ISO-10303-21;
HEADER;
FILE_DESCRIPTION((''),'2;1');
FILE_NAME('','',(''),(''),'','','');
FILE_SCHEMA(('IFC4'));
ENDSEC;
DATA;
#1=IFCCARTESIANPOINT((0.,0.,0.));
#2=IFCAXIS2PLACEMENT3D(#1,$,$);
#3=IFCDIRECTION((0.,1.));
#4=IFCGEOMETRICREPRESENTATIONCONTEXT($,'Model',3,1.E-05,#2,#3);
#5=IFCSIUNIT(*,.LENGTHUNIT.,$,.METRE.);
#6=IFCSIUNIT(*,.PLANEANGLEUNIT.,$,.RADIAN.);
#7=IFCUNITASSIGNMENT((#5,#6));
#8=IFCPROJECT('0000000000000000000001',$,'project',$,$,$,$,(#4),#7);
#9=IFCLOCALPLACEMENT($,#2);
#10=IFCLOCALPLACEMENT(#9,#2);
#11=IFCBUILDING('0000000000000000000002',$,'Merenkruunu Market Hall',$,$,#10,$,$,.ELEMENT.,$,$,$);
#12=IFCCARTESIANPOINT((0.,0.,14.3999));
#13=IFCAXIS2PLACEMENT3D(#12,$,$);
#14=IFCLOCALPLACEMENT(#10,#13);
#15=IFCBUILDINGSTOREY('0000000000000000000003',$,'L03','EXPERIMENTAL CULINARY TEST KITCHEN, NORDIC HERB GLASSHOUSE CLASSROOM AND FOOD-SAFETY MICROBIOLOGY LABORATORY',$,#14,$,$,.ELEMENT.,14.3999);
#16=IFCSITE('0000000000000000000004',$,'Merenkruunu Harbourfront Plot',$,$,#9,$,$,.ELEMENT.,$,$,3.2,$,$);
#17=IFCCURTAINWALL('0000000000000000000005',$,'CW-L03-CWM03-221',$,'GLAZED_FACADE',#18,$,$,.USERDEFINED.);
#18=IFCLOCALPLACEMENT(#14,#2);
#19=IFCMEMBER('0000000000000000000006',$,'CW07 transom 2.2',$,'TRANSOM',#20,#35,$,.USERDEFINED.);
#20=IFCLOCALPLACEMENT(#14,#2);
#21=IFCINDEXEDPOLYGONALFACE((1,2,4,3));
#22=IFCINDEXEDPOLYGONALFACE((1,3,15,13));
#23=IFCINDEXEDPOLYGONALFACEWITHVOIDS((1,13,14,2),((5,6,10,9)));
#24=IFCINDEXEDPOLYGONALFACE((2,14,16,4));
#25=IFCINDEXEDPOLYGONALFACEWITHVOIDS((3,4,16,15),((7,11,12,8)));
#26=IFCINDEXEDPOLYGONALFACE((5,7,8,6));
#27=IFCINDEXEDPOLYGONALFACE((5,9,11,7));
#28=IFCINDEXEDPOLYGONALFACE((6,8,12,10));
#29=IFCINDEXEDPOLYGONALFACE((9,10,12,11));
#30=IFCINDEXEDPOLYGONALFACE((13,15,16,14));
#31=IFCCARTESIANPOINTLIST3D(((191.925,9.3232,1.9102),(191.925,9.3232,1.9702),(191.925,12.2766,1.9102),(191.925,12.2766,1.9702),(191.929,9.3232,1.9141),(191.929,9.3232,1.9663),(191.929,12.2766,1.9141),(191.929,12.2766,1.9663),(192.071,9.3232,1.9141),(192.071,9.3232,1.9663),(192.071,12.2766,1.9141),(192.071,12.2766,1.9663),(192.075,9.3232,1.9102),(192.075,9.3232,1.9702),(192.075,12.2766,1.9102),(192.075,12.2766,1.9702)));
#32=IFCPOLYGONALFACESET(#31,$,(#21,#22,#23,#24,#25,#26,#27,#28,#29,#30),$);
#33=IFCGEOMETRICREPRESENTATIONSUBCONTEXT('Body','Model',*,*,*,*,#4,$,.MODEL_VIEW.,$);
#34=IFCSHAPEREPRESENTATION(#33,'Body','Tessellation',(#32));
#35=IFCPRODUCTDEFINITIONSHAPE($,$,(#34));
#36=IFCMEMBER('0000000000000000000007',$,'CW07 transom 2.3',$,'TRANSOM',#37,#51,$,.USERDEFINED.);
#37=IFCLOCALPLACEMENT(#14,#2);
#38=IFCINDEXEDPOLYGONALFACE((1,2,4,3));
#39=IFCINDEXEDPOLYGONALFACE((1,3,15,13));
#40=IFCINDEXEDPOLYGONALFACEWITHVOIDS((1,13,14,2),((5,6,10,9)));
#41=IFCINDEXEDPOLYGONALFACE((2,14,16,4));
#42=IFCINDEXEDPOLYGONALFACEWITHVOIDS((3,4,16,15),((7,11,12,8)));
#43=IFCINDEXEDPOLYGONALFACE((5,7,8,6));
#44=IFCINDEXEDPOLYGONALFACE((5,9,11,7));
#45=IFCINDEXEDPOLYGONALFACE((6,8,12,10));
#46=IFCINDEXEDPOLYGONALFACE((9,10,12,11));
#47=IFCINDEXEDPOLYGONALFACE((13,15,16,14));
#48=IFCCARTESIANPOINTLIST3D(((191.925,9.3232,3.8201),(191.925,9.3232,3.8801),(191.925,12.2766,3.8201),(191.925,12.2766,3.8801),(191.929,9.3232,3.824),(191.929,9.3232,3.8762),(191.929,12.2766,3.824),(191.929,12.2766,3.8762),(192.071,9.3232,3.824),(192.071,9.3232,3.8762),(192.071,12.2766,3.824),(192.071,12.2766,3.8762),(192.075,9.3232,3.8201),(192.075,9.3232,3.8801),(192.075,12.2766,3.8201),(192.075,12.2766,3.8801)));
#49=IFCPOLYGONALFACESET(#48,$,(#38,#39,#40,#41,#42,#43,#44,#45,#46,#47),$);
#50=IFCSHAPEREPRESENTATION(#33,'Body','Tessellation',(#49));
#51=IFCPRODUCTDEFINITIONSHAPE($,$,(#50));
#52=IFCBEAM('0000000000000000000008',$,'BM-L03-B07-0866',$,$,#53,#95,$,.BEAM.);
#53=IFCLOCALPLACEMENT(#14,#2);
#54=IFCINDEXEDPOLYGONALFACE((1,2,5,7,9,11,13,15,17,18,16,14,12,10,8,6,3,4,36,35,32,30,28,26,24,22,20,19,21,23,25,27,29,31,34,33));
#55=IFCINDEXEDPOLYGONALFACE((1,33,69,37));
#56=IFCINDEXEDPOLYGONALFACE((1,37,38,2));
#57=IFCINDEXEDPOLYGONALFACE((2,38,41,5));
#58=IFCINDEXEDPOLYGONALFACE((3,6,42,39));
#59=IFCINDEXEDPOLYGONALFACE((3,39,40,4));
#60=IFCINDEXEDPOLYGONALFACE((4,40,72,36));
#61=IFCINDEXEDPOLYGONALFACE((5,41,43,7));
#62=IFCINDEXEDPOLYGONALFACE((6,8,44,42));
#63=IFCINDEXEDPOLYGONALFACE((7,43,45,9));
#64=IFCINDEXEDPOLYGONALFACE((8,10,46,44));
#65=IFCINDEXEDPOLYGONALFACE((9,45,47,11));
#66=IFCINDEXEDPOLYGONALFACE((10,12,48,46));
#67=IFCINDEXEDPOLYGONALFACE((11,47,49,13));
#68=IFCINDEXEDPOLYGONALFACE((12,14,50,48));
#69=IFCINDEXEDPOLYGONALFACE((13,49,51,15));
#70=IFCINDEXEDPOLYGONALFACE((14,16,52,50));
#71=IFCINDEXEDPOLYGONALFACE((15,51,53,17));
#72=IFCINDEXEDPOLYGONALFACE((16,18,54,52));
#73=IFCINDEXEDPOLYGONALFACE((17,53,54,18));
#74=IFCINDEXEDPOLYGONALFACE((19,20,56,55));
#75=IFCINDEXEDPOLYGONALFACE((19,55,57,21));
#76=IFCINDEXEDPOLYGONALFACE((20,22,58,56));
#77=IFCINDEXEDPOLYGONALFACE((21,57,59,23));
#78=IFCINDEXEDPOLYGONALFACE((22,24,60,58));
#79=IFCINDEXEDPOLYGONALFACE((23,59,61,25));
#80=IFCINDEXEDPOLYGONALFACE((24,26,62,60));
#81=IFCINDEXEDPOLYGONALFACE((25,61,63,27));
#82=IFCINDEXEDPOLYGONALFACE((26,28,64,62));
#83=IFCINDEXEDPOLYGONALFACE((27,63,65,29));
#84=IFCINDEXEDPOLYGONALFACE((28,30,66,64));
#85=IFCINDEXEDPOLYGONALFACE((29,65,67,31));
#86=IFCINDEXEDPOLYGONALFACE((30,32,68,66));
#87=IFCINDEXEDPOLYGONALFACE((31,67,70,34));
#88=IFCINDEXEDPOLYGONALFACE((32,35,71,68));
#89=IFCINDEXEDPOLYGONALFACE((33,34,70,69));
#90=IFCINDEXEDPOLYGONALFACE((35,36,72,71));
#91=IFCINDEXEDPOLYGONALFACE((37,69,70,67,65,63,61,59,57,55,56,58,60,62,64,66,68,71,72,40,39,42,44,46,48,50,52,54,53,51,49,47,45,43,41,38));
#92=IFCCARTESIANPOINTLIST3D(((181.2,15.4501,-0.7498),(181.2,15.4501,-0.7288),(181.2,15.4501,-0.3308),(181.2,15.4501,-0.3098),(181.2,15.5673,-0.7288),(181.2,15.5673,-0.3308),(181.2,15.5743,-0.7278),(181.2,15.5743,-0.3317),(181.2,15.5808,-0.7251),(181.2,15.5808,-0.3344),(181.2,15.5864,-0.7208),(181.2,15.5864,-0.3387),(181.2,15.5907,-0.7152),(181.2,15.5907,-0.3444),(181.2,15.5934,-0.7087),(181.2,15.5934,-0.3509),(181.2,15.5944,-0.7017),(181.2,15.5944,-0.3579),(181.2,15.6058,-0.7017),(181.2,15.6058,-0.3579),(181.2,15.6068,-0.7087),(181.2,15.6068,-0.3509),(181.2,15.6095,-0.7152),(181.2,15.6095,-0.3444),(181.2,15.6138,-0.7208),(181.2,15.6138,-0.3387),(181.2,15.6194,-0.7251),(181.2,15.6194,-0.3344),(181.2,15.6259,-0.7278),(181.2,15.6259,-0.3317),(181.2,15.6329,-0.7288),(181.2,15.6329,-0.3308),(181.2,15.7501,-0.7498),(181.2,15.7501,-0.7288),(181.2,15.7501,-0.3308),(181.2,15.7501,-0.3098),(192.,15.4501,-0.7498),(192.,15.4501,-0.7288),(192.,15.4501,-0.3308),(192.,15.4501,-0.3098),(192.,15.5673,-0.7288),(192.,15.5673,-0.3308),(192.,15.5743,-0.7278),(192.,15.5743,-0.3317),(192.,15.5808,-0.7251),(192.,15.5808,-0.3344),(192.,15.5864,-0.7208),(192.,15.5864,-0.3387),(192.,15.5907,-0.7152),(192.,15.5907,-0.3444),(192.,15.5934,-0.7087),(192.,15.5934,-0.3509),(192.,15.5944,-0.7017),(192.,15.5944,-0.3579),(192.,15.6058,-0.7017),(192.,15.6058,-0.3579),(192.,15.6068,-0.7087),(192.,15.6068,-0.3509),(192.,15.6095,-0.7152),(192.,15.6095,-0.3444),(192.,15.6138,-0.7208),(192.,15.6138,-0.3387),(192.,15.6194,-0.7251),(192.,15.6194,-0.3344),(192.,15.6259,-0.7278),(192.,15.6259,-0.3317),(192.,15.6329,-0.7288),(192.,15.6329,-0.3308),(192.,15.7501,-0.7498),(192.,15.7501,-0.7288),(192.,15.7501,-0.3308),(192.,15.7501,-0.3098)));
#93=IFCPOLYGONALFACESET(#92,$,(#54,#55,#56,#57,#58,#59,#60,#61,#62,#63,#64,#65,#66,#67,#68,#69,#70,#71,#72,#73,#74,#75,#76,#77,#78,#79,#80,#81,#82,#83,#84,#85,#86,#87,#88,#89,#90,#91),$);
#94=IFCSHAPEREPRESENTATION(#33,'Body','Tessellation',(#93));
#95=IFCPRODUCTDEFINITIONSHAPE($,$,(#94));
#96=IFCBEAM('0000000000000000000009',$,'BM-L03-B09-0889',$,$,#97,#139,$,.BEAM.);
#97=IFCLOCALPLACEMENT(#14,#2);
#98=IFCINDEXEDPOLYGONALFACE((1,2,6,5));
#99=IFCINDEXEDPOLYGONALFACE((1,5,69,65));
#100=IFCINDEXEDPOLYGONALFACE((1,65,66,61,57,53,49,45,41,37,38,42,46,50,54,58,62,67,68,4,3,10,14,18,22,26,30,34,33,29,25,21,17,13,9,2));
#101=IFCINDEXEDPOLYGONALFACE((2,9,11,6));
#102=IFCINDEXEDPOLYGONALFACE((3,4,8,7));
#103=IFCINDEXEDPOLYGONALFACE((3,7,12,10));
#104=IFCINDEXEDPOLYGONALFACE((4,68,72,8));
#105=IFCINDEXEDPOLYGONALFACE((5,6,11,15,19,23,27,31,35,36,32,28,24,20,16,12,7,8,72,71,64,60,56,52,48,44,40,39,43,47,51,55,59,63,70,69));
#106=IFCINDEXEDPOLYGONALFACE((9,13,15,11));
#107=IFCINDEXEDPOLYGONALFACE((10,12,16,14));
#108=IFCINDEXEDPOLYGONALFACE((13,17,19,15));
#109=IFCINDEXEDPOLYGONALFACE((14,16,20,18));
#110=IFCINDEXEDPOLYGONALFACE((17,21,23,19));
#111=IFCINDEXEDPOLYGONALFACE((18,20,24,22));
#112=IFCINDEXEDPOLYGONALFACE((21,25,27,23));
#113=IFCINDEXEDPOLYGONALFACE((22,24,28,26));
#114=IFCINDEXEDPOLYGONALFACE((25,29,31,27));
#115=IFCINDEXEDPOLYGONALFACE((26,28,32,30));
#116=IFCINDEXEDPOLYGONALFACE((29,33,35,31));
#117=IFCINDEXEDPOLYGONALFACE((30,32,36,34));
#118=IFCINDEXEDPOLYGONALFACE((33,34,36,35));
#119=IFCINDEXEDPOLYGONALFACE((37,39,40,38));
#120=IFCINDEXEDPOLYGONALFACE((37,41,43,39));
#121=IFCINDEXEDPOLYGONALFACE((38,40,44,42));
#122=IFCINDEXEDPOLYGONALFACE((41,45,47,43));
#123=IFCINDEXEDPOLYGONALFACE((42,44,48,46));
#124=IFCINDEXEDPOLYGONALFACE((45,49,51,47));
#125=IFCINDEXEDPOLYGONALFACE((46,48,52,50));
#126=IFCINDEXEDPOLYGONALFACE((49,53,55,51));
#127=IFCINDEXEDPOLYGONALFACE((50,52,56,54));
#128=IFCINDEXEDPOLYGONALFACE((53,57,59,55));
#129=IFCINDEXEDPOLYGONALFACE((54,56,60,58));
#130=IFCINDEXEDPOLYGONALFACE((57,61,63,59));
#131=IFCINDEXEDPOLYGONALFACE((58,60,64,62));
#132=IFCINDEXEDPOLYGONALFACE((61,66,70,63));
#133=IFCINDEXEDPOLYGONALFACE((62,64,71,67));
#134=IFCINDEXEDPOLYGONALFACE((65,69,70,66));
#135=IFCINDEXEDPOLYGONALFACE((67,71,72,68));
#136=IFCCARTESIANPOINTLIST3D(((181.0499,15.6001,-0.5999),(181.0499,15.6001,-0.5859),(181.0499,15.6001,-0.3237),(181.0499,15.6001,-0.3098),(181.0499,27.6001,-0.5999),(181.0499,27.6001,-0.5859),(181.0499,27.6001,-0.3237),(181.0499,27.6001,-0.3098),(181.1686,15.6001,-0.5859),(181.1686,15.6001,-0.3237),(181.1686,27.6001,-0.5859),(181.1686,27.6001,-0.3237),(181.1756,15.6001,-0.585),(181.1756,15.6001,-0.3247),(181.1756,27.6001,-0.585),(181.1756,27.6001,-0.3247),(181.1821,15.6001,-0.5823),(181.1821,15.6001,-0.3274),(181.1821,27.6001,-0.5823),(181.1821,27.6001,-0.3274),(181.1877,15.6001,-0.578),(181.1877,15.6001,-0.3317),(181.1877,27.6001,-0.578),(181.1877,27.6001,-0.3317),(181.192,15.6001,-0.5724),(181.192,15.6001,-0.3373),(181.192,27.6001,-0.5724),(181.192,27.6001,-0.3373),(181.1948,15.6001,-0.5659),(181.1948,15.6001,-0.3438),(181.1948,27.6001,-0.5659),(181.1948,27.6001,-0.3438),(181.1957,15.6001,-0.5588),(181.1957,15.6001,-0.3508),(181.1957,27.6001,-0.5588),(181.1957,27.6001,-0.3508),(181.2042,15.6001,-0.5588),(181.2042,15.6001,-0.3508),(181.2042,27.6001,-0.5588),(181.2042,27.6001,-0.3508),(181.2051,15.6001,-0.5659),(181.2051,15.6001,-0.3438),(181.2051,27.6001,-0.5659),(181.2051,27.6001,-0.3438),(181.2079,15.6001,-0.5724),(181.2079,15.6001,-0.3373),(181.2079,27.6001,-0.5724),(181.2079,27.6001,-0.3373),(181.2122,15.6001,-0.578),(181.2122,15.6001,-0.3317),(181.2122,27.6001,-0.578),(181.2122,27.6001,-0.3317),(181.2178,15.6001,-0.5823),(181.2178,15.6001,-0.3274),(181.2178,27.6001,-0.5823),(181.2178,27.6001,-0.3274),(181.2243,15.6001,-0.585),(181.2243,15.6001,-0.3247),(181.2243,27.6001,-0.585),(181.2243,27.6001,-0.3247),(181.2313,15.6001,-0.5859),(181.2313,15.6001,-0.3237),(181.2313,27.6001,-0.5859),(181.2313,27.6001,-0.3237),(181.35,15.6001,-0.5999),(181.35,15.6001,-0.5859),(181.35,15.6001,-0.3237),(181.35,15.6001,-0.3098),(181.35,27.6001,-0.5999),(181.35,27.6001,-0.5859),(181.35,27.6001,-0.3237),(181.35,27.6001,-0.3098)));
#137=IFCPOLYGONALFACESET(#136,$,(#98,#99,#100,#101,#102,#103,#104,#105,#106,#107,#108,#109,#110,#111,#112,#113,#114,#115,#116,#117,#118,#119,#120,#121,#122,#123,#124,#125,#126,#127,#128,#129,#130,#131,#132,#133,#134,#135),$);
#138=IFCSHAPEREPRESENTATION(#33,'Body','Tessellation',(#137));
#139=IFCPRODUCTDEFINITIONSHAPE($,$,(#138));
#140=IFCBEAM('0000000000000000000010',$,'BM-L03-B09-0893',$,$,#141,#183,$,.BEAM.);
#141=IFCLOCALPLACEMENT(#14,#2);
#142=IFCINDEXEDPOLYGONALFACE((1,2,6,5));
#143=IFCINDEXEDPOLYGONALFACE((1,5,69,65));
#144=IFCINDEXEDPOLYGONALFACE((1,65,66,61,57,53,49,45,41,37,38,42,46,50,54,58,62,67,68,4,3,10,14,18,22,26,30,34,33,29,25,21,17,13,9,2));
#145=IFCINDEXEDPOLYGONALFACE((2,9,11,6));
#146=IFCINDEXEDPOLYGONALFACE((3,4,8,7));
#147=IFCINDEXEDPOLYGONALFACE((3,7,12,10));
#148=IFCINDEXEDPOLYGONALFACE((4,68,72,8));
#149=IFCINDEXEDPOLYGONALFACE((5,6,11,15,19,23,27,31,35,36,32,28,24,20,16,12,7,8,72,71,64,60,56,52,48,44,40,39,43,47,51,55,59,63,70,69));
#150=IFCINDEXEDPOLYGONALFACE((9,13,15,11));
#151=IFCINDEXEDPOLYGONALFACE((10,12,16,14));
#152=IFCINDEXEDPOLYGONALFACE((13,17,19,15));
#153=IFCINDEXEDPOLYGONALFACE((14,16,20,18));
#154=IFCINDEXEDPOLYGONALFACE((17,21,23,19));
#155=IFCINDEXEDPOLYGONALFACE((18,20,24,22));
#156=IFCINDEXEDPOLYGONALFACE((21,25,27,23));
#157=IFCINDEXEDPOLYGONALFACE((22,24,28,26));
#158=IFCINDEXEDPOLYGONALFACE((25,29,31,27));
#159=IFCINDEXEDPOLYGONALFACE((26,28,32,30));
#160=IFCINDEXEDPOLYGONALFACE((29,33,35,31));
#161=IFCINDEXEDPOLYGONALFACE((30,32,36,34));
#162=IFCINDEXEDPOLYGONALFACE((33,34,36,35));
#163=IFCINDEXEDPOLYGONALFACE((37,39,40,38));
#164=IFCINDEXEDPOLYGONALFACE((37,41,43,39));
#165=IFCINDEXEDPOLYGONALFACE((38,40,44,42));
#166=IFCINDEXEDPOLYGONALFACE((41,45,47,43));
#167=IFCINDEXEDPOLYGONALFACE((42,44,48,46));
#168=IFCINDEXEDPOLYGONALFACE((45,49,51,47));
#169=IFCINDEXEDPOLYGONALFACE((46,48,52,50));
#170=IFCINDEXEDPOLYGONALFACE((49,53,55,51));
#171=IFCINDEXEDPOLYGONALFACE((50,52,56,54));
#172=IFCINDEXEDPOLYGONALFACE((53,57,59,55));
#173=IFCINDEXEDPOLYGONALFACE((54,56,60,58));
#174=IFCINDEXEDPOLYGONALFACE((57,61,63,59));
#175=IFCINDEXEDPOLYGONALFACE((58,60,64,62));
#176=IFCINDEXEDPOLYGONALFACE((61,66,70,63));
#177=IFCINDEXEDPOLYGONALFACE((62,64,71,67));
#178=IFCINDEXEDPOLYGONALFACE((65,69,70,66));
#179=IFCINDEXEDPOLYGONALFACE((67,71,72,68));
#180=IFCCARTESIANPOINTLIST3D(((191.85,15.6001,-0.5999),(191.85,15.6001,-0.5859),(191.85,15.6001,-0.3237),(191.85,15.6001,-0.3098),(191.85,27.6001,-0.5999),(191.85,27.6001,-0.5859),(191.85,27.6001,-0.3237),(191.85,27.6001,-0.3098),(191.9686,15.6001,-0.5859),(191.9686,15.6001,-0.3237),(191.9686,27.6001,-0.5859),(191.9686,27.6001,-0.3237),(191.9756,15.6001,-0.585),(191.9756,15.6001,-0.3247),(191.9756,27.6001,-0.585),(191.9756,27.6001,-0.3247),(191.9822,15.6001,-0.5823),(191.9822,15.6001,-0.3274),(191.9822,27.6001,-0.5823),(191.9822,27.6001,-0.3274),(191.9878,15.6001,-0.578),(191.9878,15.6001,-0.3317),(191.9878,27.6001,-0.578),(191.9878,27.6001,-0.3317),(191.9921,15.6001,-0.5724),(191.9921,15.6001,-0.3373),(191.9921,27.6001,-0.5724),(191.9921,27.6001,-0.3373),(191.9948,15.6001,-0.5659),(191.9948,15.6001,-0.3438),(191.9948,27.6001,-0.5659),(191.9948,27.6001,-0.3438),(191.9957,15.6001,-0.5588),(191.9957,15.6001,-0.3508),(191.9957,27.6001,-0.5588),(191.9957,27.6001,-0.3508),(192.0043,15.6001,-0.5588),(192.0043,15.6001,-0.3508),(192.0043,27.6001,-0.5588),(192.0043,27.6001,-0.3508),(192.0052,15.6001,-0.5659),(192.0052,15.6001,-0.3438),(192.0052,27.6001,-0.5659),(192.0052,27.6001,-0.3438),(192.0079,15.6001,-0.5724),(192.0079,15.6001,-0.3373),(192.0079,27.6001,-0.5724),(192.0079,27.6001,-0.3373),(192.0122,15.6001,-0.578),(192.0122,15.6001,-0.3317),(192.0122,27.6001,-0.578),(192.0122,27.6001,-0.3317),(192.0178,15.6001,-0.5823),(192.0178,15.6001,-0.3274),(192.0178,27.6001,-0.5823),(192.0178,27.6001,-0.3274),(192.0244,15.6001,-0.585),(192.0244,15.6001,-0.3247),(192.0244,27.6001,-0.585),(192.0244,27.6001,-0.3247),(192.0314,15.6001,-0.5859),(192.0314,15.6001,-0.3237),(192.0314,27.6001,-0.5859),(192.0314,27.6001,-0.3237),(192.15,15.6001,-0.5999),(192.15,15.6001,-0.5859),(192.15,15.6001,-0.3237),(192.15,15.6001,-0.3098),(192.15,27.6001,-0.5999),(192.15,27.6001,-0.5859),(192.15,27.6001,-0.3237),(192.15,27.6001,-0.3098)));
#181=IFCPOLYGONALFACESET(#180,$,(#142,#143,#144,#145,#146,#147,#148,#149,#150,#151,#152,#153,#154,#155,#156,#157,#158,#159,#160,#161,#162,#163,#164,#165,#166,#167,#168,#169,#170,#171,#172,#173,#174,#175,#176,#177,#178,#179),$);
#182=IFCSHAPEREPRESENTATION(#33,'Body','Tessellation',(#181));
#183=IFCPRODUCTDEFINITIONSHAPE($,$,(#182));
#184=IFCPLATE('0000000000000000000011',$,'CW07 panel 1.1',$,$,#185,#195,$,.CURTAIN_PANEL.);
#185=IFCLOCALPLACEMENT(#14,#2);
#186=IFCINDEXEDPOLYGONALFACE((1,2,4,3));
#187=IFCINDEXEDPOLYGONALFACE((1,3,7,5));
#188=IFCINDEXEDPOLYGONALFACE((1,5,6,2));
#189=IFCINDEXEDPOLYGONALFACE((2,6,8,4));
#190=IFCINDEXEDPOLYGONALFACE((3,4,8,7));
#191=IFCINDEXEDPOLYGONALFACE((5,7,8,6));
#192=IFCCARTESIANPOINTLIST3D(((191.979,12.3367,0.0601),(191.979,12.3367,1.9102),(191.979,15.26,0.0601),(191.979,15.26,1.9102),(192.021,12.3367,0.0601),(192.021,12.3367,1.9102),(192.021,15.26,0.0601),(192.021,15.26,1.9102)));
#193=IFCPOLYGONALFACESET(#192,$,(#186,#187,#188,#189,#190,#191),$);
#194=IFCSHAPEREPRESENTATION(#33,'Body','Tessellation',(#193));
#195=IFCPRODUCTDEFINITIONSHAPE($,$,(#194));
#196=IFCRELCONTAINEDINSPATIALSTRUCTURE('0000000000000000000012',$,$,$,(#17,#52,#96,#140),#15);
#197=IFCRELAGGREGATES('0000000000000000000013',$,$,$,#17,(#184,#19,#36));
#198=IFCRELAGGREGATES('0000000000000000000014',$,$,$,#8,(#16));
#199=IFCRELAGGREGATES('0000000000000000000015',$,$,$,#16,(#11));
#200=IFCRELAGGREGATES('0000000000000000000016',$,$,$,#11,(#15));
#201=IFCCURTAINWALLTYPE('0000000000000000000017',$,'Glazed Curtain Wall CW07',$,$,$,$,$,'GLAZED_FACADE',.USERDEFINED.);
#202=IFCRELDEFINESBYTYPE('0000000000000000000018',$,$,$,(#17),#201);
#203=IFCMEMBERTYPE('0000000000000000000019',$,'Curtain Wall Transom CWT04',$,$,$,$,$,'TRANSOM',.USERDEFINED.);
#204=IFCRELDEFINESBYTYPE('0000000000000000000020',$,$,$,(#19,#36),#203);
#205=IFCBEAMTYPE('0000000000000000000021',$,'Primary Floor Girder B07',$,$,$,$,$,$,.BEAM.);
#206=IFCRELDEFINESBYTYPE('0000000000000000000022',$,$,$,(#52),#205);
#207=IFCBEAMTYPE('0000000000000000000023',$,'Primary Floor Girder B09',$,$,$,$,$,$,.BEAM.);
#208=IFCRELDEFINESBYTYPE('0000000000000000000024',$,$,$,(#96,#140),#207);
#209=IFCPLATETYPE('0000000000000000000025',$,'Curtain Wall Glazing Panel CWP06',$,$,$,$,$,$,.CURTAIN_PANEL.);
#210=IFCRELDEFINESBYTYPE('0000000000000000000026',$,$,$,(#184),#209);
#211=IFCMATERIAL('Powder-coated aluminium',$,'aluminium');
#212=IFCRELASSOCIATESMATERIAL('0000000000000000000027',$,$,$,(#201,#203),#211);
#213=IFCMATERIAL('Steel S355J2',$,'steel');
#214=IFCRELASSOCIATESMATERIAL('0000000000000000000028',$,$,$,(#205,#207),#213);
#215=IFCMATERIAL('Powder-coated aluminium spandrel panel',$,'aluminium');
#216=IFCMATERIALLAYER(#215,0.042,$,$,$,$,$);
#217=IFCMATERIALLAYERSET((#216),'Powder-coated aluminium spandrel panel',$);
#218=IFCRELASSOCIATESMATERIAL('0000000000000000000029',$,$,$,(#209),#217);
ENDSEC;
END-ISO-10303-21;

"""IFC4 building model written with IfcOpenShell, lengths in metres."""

from ifc_helpers import new_model, si_unit, direction, frame, origin, origin_2d, place, context, subcontext, project, spatial, rectangle, hollow_rectangle, i_section, extrude, material, layer, layer_set, material_profile, profile_set, type_object, element, aggregate, save


model = new_model("IFC4")

# Units and contexts
model_context = context("Model", 3, precision=1e-05, world=origin(), true_north=direction((0.0, 1.0)))
body_context = subcontext(model_context, "Body", "Model", "MODEL_VIEW")
ifc_project = project(units=[si_unit("LENGTHUNIT", "METRE"), si_unit("PLANEANGLEUNIT", "RADIAN")], contexts=[model_context])

# Site, building, storey
site_placement = place(None, origin())
site = spatial("IfcSite", under=ifc_project, at=site_placement, Name="Merenkruunu Harbourfront Plot", CompositionType="ELEMENT", RefElevation=3.2)
building_placement = place(site_placement, origin())
building = spatial("IfcBuilding", under=site, at=building_placement, Name="Merenkruunu Market Hall", CompositionType="ELEMENT")
storey_placement = place(building_placement, frame((0.0, 0.0, 14.3999)))
storey = spatial("IfcBuildingStorey", under=building, at=storey_placement, Name="L03", Description="EXPERIMENTAL CULINARY TEST KITCHEN, NORDIC HERB GLASSHOUSE CLASSROOM AND FOOD-SAFETY MICROBIOLOGY LABORATORY", CompositionType="ELEMENT", Elevation=14.3999)

# Shared definitions
ifc_material_1 = material(Name="Steel S355J2", Category="steel")

# Curtain wall, members
ifc_material_2 = material(Name="Powder-coated aluminium", Category="aluminium")
curtain_wall_type = type_object("IfcCurtainWallType", Name="Glazed Curtain Wall CW07", ElementType="GLAZED_FACADE", PredefinedType="USERDEFINED", material=ifc_material_2)
curtain_wall_placement = place(storey_placement, origin())
curtain_wall = element("IfcCurtainWall", 1, at=curtain_wall_placement, inside=storey, type_object=curtain_wall_type, Name="CW-L03-CWM03-221", ObjectType="GLAZED_FACADE", PredefinedType="USERDEFINED")
ifc_material_profile_1 = material_profile(ifc_material_2, hollow_rectangle(XDim=0.0601, YDim=0.1499, WallThickness=0.0039, at=origin_2d()), Name="ALU 60x150x4")
ifc_profile_set_1 = profile_set([ifc_material_profile_1], Name="Powder-coated aluminium")
member_type_1 = type_object("IfcMemberType", Name="Curtain Wall Transom CWT04", ElementType="TRANSOM", PredefinedType="USERDEFINED", material=ifc_profile_set_1)
member_1_placement = place(storey_placement, frame((192.0, 12.2766, 1.9402), z_axis=(0.0, -1.0, 0.0), x_axis=(0.0, 0.0, 1.0)))
member_1 = element("IfcMember", 2, at=member_1_placement, type_object=member_type_1, Name="CW07 transom 2.2", ObjectType="TRANSOM", PredefinedType="USERDEFINED", context=body_context, shape_type="SweptSolid", body=[
    extrude(hollow_rectangle(XDim=0.0601, YDim=0.1499, WallThickness=0.0039, at=origin_2d()), origin(), (0.0, 0.0, 1.0), 2.9534),
])
member_2_placement = place(storey_placement, frame((192.0, 12.2766, 3.8501), z_axis=(0.0, -1.0, 0.0), x_axis=(0.0, 0.0, 1.0)))
member_2 = element("IfcMember", 3, at=member_2_placement, type_object=member_type_1, Name="CW07 transom 2.3", ObjectType="TRANSOM", PredefinedType="USERDEFINED", context=body_context, shape_type="SweptSolid", body=[
    extrude(hollow_rectangle(XDim=0.0601, YDim=0.1499, WallThickness=0.0039, at=origin_2d()), origin(), (0.0, 0.0, 1.0), 2.9534),
])

# Beams
ifc_material_profile_2 = material_profile(ifc_material_1, i_section(OverallWidth=0.3, OverallDepth=0.4399, WebThickness=0.0115, FlangeThickness=0.021, FilletRadius=0.0271, at=origin_2d()), Name="HEA 450")
ifc_profile_set_2 = profile_set([ifc_material_profile_2], Name="Steel S355J2")
beam_type_1 = type_object("IfcBeamType", Name="Primary Floor Girder B07", PredefinedType="BEAM", material=ifc_profile_set_2)
beam_placement = place(storey_placement, frame((181.2, 15.6001, -0.5298), z_axis=(1.0, 0.0, 0.0), x_axis=(0.0, 1.0, 0.0)))
element("IfcBeam", 4, at=beam_placement, inside=storey, type_object=beam_type_1, Name="BM-L03-B07-0866", PredefinedType="BEAM", context=body_context, shape_type="SweptSolid", body=[
    extrude(i_section(OverallWidth=0.3, OverallDepth=0.4399, WebThickness=0.0115, FlangeThickness=0.021, FilletRadius=0.0271, at=origin_2d()), origin(), (0.0, 0.0, 1.0), 10.8),
])
ifc_material_profile_3 = material_profile(ifc_material_1, i_section(OverallWidth=0.3, OverallDepth=0.29, WebThickness=0.0085, FlangeThickness=0.0139, FilletRadius=0.0271, at=origin_2d()), Name="HEA 300")
ifc_profile_set_3 = profile_set([ifc_material_profile_3], Name="Steel S355J2")
beam_type_2 = type_object("IfcBeamType", Name="Primary Floor Girder B09", PredefinedType="BEAM", material=ifc_profile_set_3)
for number, where, z_axis, x_axis, name in (
    (5, (181.2, 15.6001, -0.4548), (0.0, 1.0, 0.0), (-1.0, 0.0, 0.0), "BM-L03-B09-0889"),
    (6, (192.0, 15.6001, -0.4548), (0.0, 1.0, 0.0), (-1.0, 0.0, 0.0), "BM-L03-B09-0893"),
):
    element("IfcBeam", number, at=place(storey_placement, frame(where, z_axis=z_axis, x_axis=x_axis)), inside=storey, type_object=beam_type_2, Name=name, PredefinedType="BEAM", context=body_context, shape_type="SweptSolid", body=[
        extrude(i_section(OverallWidth=0.3, OverallDepth=0.29, WebThickness=0.0085, FlangeThickness=0.0139, FilletRadius=0.0271, at=origin_2d()), origin(), (0.0, 0.0, 1.0), 12.0),
    ])

# Plate
ifc_material_3 = material(Name="Powder-coated aluminium spandrel panel", Category="aluminium")
ifc_layer_1 = layer(ifc_material_3, 0.042)
ifc_layer_set_1 = layer_set([ifc_layer_1], Name="Powder-coated aluminium spandrel panel")
plate_type = type_object("IfcPlateType", Name="Curtain Wall Glazing Panel CWP06", PredefinedType="CURTAIN_PANEL", material=ifc_layer_set_1)
plate_1_placement = place(storey_placement, frame((192.0, 13.7983, 0.0601), z_axis=(0.0, 0.0, 1.0), x_axis=(0.0, -1.0, 0.0)))
plate_1 = element("IfcPlate", 7, at=plate_1_placement, type_object=plate_type, Name="CW07 panel 1.1", PredefinedType="CURTAIN_PANEL", context=body_context, shape_type="SweptSolid", body=[
    extrude(rectangle(XDim=2.9233, YDim=0.042, at=origin_2d()), origin(), (0.0, 0.0, 1.0), 1.8501),
])
aggregate(curtain_wall, [plate_1, member_1, member_2])

save(model, "model.ifc")
